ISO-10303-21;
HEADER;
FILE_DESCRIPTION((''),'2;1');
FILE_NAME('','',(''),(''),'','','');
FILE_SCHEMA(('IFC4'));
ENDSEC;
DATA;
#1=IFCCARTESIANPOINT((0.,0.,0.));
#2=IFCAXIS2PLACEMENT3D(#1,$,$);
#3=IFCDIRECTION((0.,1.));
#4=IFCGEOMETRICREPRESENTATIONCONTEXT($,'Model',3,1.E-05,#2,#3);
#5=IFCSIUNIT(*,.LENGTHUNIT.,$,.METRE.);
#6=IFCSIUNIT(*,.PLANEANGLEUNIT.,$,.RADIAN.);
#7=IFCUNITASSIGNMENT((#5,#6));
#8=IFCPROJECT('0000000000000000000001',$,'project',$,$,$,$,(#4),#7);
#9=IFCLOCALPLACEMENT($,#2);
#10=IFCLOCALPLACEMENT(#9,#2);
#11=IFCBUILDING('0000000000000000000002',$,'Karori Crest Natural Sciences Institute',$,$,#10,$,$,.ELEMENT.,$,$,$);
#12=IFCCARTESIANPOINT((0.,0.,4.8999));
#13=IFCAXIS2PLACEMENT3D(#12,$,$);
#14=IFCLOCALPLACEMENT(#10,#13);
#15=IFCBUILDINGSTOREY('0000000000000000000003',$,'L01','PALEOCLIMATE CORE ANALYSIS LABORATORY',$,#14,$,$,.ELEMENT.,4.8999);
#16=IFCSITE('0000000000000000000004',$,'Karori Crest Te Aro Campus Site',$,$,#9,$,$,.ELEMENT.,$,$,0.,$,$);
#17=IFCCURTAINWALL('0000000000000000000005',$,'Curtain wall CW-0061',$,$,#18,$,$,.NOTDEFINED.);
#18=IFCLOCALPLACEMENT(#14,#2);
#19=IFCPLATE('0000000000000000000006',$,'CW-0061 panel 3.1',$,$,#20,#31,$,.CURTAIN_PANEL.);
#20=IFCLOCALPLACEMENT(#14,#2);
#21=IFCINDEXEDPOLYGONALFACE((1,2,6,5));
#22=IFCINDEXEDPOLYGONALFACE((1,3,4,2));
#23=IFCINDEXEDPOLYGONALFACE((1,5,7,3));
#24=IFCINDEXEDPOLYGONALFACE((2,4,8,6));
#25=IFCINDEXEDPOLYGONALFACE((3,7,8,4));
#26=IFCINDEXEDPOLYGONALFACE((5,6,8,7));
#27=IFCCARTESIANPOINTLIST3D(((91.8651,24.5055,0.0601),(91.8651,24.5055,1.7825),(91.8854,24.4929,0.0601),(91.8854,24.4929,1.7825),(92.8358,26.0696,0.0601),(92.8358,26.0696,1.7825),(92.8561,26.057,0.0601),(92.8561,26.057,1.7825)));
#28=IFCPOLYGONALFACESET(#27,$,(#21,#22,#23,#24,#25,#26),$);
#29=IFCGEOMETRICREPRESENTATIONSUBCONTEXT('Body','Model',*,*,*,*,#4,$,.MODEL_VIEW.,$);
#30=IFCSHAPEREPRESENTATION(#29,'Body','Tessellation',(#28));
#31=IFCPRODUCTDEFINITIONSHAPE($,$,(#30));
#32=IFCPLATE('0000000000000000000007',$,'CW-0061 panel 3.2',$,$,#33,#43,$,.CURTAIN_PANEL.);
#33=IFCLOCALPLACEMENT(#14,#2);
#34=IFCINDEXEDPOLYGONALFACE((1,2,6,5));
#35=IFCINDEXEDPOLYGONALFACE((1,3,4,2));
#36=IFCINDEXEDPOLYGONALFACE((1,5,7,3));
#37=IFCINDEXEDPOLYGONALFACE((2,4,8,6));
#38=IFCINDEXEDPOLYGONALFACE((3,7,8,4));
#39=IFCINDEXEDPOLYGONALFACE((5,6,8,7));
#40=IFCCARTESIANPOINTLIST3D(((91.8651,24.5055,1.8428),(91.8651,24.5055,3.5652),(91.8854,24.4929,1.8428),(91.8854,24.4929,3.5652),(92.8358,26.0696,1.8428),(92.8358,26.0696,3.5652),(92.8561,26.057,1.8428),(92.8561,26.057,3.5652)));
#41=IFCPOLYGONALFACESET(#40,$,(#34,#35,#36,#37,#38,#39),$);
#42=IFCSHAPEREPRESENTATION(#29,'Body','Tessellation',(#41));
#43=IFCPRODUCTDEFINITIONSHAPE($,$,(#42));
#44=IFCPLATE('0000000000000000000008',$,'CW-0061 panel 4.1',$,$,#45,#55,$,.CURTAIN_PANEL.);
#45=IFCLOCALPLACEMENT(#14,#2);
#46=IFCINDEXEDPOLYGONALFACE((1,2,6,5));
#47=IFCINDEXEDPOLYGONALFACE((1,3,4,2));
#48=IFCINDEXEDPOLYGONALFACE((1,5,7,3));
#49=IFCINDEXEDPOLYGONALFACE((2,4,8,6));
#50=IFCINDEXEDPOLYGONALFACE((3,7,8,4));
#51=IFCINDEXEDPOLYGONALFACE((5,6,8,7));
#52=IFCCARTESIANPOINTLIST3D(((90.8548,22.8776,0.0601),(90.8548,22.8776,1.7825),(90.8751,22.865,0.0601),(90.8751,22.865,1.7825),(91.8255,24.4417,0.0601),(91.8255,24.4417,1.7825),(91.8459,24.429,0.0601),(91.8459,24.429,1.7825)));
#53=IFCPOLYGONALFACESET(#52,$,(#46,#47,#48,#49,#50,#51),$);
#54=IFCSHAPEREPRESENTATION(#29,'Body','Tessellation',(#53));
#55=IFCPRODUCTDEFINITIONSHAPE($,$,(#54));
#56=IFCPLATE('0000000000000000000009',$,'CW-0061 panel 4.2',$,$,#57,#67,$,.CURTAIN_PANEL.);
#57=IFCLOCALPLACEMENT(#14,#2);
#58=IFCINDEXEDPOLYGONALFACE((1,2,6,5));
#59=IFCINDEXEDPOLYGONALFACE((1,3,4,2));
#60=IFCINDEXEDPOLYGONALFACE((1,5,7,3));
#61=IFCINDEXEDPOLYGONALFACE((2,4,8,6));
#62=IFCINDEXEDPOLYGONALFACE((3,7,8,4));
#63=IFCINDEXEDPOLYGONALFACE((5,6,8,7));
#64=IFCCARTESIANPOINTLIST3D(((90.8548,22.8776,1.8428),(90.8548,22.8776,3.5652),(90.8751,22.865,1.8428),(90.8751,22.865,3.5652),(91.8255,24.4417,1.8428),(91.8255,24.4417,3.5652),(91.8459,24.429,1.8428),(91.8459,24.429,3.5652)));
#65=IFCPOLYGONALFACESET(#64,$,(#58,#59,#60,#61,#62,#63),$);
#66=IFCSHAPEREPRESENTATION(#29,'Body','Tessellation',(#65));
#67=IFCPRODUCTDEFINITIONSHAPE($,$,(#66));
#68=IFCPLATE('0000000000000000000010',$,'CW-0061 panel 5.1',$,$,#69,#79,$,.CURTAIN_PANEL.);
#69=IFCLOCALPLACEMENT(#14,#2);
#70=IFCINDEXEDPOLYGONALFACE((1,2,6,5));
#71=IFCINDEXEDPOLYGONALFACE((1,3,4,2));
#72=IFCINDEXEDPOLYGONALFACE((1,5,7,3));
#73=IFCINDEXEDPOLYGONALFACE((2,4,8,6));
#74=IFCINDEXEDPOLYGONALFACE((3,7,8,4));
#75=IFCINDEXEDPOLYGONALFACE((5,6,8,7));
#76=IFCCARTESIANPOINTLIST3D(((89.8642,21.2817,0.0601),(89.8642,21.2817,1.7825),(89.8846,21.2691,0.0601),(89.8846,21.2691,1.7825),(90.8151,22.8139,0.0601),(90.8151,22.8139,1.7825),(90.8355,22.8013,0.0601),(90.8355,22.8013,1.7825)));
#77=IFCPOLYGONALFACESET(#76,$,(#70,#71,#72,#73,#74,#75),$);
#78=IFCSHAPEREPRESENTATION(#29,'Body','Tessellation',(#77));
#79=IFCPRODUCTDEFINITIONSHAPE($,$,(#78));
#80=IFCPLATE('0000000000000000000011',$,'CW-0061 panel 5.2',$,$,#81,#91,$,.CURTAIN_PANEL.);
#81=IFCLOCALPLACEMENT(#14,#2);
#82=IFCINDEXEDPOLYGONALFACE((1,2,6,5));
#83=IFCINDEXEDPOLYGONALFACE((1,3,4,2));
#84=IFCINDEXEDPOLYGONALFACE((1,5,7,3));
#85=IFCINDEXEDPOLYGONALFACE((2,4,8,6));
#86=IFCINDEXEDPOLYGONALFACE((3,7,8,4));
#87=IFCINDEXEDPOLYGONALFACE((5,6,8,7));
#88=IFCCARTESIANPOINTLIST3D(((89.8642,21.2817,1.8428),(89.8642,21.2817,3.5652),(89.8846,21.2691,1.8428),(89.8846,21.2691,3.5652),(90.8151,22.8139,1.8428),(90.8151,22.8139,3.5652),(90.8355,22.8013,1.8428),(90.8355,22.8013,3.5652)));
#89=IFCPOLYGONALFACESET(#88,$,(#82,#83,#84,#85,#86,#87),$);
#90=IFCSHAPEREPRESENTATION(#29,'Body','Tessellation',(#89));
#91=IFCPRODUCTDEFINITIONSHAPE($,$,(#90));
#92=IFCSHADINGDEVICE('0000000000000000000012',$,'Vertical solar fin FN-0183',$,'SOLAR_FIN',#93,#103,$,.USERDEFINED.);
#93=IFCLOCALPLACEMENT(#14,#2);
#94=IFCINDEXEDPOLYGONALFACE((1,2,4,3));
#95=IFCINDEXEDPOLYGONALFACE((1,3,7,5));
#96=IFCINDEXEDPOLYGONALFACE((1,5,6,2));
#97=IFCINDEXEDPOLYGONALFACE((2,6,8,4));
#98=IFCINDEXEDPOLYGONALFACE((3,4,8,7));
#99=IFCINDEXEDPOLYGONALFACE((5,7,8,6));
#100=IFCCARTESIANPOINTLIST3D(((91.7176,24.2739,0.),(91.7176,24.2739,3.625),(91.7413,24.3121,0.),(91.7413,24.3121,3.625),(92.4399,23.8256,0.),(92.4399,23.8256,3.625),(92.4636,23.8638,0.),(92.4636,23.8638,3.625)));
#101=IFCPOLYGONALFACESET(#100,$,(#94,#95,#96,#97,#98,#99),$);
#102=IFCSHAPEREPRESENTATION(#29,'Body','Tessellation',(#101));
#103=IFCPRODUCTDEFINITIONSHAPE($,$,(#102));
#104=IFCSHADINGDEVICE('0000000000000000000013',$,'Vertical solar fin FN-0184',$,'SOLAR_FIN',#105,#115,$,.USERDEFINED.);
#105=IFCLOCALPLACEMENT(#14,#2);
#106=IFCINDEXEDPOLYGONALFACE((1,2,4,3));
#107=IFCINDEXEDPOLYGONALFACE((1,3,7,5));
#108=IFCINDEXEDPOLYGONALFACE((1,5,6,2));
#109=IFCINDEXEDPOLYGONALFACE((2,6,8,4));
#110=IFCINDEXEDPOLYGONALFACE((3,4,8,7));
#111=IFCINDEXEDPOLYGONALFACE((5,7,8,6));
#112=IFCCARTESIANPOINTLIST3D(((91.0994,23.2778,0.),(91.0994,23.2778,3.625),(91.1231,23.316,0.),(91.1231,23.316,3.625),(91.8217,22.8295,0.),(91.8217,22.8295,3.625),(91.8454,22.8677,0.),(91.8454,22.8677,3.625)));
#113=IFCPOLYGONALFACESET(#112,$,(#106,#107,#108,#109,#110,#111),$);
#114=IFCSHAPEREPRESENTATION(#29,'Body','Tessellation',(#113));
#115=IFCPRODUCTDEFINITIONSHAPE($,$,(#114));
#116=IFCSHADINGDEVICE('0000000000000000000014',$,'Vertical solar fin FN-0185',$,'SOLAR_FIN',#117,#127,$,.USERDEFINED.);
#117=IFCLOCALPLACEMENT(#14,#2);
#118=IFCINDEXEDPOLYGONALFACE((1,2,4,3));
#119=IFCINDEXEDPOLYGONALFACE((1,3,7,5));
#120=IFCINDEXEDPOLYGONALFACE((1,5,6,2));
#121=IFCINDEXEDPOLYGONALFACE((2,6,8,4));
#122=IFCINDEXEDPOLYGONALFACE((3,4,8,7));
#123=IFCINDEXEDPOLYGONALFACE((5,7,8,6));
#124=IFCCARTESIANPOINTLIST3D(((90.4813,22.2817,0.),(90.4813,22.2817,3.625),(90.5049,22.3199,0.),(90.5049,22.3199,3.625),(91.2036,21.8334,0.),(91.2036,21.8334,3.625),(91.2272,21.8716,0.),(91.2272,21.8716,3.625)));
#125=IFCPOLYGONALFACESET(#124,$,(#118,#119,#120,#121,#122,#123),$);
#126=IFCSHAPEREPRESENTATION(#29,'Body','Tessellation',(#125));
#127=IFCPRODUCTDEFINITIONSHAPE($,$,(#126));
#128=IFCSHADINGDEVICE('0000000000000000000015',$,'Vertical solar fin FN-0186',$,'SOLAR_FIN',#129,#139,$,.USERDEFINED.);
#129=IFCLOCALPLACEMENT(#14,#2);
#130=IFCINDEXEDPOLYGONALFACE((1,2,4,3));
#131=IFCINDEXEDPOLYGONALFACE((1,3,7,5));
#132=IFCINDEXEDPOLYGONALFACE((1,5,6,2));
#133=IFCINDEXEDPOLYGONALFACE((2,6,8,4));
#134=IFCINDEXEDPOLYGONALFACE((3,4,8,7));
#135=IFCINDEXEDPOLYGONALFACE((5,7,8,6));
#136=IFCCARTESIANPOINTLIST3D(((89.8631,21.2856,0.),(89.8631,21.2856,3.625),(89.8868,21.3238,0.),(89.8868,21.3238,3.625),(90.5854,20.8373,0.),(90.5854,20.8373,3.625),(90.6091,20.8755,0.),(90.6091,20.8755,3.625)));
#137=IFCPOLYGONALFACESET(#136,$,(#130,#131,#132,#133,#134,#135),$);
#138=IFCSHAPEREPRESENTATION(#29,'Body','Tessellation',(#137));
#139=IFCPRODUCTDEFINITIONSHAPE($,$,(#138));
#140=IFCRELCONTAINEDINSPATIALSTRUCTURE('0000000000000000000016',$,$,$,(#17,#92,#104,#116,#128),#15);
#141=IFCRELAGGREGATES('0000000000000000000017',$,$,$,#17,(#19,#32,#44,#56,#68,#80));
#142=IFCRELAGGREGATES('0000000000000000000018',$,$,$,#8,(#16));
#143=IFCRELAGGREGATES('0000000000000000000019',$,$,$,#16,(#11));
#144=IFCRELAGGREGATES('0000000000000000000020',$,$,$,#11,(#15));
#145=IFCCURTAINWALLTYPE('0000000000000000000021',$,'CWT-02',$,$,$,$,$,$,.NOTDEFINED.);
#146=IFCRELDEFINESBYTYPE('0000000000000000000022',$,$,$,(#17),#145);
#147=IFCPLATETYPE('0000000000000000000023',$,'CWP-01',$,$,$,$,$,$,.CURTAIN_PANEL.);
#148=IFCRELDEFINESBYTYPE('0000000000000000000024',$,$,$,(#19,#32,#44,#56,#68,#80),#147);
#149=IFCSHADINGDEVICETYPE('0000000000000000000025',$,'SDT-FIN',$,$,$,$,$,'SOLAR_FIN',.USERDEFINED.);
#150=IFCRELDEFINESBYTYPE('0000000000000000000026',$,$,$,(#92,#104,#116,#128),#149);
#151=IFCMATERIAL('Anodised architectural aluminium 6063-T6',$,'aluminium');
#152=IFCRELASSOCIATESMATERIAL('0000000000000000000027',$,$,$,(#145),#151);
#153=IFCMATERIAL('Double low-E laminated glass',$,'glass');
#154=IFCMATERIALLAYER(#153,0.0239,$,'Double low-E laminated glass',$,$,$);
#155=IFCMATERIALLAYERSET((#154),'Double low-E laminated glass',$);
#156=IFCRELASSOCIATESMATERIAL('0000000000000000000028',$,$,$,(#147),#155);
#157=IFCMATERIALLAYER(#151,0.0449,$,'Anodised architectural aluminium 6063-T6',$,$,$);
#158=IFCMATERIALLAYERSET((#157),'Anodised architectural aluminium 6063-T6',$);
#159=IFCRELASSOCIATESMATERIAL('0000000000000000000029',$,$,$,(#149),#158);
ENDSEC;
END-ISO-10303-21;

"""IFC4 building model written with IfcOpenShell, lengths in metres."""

from ifc_helpers import new_model, si_unit, direction, frame, origin, origin_2d, place, context, subcontext, project, spatial, rectangle, extrude, material, layer, layer_set, type_object, element, aggregate, save


model = new_model("IFC4")

# Units and contexts
model_context = context("Model", 3, precision=1e-05, world=origin(), true_north=direction((0.0, 1.0)))
body_context = subcontext(model_context, "Body", "Model", "MODEL_VIEW")
ifc_project = project(units=[si_unit("LENGTHUNIT", "METRE"), si_unit("PLANEANGLEUNIT", "RADIAN")], contexts=[model_context])

# Site, building, storey
site_placement = place(None, origin())
site = spatial("IfcSite", under=ifc_project, at=site_placement, Name="Karori Crest Te Aro Campus Site", CompositionType="ELEMENT", RefElevation=0.0)
building_placement = place(site_placement, origin())
building = spatial("IfcBuilding", under=site, at=building_placement, Name="Karori Crest Natural Sciences Institute", CompositionType="ELEMENT")
storey_placement = place(building_placement, frame((0.0, 0.0, 4.8999)))
storey = spatial("IfcBuildingStorey", under=building, at=storey_placement, Name="L01", Description="PALEOCLIMATE CORE ANALYSIS LABORATORY", CompositionType="ELEMENT", Elevation=4.8999)

# Curtain wall, plates
ifc_material_1 = material(Name="Anodised architectural aluminium 6063-T6", Category="aluminium")
curtain_wall_type = type_object("IfcCurtainWallType", Name="CWT-02", PredefinedType="NOTDEFINED", material=ifc_material_1)
curtain_wall_placement = place(storey_placement, origin())
curtain_wall = element("IfcCurtainWall", 1, at=curtain_wall_placement, inside=storey, type_object=curtain_wall_type, Name="Curtain wall CW-0061", PredefinedType="NOTDEFINED")
ifc_material_2 = material(Name="Double low-E laminated glass", Category="glass")
ifc_layer_1 = layer(ifc_material_2, 0.0239, Name="Double low-E laminated glass")
ifc_layer_set_1 = layer_set([ifc_layer_1], Name="Double low-E laminated glass")
plate_type = type_object("IfcPlateType", Name="CWP-01", PredefinedType="CURTAIN_PANEL", material=ifc_layer_set_1)
plate_1_placement = place(storey_placement, frame((92.3606, 25.2812, 0.0601), z_axis=(0.0, 0.0, 1.0), x_axis=(-0.527328, -0.849662, 0.0)))
plate_1 = element("IfcPlate", 2, at=plate_1_placement, type_object=plate_type, Name="CW-0061 panel 3.1", PredefinedType="CURTAIN_PANEL", context=body_context, shape_type="SweptSolid", body=[
    extrude(rectangle(XDim=1.8408, YDim=0.0239, at=origin_2d()), origin(), (0.0, 0.0, 1.0), 1.7224),
])
plate_2_placement = place(storey_placement, frame((92.3606, 25.2812, 1.8428), z_axis=(0.0, 0.0, 1.0), x_axis=(-0.527328, -0.849662, 0.0)))
plate_2 = element("IfcPlate", 3, at=plate_2_placement, type_object=plate_type, Name="CW-0061 panel 3.2", PredefinedType="CURTAIN_PANEL", context=body_context, shape_type="SweptSolid", body=[
    extrude(rectangle(XDim=1.8408, YDim=0.0239, at=origin_2d()), origin(), (0.0, 0.0, 1.0), 1.7224),
])
plate_3_placement = place(storey_placement, frame((91.3503, 23.6533, 0.0601), z_axis=(0.0, 0.0, 1.0), x_axis=(-0.527328, -0.849662, 0.0)))
plate_3 = element("IfcPlate", 4, at=plate_3_placement, type_object=plate_type, Name="CW-0061 panel 4.1", PredefinedType="CURTAIN_PANEL", context=body_context, shape_type="SweptSolid", body=[
    extrude(rectangle(XDim=1.8408, YDim=0.0239, at=origin_2d()), origin(), (0.0, 0.0, 1.0), 1.7224),
])
plate_4_placement = place(storey_placement, frame((91.3503, 23.6533, 1.8428), z_axis=(0.0, 0.0, 1.0), x_axis=(-0.527328, -0.849662, 0.0)))
plate_4 = element("IfcPlate", 5, at=plate_4_placement, type_object=plate_type, Name="CW-0061 panel 4.2", PredefinedType="CURTAIN_PANEL", context=body_context, shape_type="SweptSolid", body=[
    extrude(rectangle(XDim=1.8408, YDim=0.0239, at=origin_2d()), origin(), (0.0, 0.0, 1.0), 1.7224),
])
plate_5_placement = place(storey_placement, frame((90.3499, 22.0415, 0.0601), z_axis=(0.0, 0.0, 1.0), x_axis=(-0.527328, -0.849662, 0.0)))
plate_5 = element("IfcPlate", 6, at=plate_5_placement, type_object=plate_type, Name="CW-0061 panel 5.1", PredefinedType="CURTAIN_PANEL", context=body_context, shape_type="SweptSolid", body=[
    extrude(rectangle(XDim=1.8032, YDim=0.0239, at=origin_2d()), origin(), (0.0, 0.0, 1.0), 1.7224),
])
plate_6_placement = place(storey_placement, frame((90.3499, 22.0415, 1.8428), z_axis=(0.0, 0.0, 1.0), x_axis=(-0.527328, -0.849662, 0.0)))
plate_6 = element("IfcPlate", 7, at=plate_6_placement, type_object=plate_type, Name="CW-0061 panel 5.2", PredefinedType="CURTAIN_PANEL", context=body_context, shape_type="SweptSolid", body=[
    extrude(rectangle(XDim=1.8032, YDim=0.0239, at=origin_2d()), origin(), (0.0, 0.0, 1.0), 1.7224),
])
aggregate(curtain_wall, [plate_1, plate_2, plate_3, plate_4, plate_5, plate_6])

# Shading devices
ifc_layer_2 = layer(ifc_material_1, 0.0449, Name="Anodised architectural aluminium 6063-T6")
ifc_layer_set_2 = layer_set([ifc_layer_2], Name="Anodised architectural aluminium 6063-T6")
shading_device_type = type_object("IfcShadingDeviceType", Name="SDT-FIN", ElementType="SOLAR_FIN", PredefinedType="USERDEFINED", material=ifc_layer_set_2)
for number, where, z_axis, x_axis, name in (
    (8, (92.0906, 24.0688, 0.0), (0.0, 0.0, 1.0), (0.849662, -0.527328, 0.0), "Vertical solar fin FN-0183"),
    (9, (91.4724, 23.0728, 0.0), (0.0, 0.0, 1.0), (0.849662, -0.527328, 0.0), "Vertical solar fin FN-0184"),
    (10, (90.8542, 22.0767, 0.0), (0.0, 0.0, 1.0), (0.849662, -0.527328, 0.0), "Vertical solar fin FN-0185"),
    (11, (90.2361, 21.0806, 0.0), (0.0, 0.0, 1.0), (0.849662, -0.527328, 0.0), "Vertical solar fin FN-0186"),
):
    element("IfcShadingDevice", number, at=place(storey_placement, frame(where, z_axis=z_axis, x_axis=x_axis)), inside=storey, type_object=shading_device_type, Name=name, ObjectType="SOLAR_FIN", PredefinedType="USERDEFINED", context=body_context, shape_type="SweptSolid", body=[
        extrude(rectangle(XDim=0.8501, YDim=0.0449, at=origin_2d()), origin(), (0.0, 0.0, 1.0), 3.625),
    ])

save(model, "model.ifc")
